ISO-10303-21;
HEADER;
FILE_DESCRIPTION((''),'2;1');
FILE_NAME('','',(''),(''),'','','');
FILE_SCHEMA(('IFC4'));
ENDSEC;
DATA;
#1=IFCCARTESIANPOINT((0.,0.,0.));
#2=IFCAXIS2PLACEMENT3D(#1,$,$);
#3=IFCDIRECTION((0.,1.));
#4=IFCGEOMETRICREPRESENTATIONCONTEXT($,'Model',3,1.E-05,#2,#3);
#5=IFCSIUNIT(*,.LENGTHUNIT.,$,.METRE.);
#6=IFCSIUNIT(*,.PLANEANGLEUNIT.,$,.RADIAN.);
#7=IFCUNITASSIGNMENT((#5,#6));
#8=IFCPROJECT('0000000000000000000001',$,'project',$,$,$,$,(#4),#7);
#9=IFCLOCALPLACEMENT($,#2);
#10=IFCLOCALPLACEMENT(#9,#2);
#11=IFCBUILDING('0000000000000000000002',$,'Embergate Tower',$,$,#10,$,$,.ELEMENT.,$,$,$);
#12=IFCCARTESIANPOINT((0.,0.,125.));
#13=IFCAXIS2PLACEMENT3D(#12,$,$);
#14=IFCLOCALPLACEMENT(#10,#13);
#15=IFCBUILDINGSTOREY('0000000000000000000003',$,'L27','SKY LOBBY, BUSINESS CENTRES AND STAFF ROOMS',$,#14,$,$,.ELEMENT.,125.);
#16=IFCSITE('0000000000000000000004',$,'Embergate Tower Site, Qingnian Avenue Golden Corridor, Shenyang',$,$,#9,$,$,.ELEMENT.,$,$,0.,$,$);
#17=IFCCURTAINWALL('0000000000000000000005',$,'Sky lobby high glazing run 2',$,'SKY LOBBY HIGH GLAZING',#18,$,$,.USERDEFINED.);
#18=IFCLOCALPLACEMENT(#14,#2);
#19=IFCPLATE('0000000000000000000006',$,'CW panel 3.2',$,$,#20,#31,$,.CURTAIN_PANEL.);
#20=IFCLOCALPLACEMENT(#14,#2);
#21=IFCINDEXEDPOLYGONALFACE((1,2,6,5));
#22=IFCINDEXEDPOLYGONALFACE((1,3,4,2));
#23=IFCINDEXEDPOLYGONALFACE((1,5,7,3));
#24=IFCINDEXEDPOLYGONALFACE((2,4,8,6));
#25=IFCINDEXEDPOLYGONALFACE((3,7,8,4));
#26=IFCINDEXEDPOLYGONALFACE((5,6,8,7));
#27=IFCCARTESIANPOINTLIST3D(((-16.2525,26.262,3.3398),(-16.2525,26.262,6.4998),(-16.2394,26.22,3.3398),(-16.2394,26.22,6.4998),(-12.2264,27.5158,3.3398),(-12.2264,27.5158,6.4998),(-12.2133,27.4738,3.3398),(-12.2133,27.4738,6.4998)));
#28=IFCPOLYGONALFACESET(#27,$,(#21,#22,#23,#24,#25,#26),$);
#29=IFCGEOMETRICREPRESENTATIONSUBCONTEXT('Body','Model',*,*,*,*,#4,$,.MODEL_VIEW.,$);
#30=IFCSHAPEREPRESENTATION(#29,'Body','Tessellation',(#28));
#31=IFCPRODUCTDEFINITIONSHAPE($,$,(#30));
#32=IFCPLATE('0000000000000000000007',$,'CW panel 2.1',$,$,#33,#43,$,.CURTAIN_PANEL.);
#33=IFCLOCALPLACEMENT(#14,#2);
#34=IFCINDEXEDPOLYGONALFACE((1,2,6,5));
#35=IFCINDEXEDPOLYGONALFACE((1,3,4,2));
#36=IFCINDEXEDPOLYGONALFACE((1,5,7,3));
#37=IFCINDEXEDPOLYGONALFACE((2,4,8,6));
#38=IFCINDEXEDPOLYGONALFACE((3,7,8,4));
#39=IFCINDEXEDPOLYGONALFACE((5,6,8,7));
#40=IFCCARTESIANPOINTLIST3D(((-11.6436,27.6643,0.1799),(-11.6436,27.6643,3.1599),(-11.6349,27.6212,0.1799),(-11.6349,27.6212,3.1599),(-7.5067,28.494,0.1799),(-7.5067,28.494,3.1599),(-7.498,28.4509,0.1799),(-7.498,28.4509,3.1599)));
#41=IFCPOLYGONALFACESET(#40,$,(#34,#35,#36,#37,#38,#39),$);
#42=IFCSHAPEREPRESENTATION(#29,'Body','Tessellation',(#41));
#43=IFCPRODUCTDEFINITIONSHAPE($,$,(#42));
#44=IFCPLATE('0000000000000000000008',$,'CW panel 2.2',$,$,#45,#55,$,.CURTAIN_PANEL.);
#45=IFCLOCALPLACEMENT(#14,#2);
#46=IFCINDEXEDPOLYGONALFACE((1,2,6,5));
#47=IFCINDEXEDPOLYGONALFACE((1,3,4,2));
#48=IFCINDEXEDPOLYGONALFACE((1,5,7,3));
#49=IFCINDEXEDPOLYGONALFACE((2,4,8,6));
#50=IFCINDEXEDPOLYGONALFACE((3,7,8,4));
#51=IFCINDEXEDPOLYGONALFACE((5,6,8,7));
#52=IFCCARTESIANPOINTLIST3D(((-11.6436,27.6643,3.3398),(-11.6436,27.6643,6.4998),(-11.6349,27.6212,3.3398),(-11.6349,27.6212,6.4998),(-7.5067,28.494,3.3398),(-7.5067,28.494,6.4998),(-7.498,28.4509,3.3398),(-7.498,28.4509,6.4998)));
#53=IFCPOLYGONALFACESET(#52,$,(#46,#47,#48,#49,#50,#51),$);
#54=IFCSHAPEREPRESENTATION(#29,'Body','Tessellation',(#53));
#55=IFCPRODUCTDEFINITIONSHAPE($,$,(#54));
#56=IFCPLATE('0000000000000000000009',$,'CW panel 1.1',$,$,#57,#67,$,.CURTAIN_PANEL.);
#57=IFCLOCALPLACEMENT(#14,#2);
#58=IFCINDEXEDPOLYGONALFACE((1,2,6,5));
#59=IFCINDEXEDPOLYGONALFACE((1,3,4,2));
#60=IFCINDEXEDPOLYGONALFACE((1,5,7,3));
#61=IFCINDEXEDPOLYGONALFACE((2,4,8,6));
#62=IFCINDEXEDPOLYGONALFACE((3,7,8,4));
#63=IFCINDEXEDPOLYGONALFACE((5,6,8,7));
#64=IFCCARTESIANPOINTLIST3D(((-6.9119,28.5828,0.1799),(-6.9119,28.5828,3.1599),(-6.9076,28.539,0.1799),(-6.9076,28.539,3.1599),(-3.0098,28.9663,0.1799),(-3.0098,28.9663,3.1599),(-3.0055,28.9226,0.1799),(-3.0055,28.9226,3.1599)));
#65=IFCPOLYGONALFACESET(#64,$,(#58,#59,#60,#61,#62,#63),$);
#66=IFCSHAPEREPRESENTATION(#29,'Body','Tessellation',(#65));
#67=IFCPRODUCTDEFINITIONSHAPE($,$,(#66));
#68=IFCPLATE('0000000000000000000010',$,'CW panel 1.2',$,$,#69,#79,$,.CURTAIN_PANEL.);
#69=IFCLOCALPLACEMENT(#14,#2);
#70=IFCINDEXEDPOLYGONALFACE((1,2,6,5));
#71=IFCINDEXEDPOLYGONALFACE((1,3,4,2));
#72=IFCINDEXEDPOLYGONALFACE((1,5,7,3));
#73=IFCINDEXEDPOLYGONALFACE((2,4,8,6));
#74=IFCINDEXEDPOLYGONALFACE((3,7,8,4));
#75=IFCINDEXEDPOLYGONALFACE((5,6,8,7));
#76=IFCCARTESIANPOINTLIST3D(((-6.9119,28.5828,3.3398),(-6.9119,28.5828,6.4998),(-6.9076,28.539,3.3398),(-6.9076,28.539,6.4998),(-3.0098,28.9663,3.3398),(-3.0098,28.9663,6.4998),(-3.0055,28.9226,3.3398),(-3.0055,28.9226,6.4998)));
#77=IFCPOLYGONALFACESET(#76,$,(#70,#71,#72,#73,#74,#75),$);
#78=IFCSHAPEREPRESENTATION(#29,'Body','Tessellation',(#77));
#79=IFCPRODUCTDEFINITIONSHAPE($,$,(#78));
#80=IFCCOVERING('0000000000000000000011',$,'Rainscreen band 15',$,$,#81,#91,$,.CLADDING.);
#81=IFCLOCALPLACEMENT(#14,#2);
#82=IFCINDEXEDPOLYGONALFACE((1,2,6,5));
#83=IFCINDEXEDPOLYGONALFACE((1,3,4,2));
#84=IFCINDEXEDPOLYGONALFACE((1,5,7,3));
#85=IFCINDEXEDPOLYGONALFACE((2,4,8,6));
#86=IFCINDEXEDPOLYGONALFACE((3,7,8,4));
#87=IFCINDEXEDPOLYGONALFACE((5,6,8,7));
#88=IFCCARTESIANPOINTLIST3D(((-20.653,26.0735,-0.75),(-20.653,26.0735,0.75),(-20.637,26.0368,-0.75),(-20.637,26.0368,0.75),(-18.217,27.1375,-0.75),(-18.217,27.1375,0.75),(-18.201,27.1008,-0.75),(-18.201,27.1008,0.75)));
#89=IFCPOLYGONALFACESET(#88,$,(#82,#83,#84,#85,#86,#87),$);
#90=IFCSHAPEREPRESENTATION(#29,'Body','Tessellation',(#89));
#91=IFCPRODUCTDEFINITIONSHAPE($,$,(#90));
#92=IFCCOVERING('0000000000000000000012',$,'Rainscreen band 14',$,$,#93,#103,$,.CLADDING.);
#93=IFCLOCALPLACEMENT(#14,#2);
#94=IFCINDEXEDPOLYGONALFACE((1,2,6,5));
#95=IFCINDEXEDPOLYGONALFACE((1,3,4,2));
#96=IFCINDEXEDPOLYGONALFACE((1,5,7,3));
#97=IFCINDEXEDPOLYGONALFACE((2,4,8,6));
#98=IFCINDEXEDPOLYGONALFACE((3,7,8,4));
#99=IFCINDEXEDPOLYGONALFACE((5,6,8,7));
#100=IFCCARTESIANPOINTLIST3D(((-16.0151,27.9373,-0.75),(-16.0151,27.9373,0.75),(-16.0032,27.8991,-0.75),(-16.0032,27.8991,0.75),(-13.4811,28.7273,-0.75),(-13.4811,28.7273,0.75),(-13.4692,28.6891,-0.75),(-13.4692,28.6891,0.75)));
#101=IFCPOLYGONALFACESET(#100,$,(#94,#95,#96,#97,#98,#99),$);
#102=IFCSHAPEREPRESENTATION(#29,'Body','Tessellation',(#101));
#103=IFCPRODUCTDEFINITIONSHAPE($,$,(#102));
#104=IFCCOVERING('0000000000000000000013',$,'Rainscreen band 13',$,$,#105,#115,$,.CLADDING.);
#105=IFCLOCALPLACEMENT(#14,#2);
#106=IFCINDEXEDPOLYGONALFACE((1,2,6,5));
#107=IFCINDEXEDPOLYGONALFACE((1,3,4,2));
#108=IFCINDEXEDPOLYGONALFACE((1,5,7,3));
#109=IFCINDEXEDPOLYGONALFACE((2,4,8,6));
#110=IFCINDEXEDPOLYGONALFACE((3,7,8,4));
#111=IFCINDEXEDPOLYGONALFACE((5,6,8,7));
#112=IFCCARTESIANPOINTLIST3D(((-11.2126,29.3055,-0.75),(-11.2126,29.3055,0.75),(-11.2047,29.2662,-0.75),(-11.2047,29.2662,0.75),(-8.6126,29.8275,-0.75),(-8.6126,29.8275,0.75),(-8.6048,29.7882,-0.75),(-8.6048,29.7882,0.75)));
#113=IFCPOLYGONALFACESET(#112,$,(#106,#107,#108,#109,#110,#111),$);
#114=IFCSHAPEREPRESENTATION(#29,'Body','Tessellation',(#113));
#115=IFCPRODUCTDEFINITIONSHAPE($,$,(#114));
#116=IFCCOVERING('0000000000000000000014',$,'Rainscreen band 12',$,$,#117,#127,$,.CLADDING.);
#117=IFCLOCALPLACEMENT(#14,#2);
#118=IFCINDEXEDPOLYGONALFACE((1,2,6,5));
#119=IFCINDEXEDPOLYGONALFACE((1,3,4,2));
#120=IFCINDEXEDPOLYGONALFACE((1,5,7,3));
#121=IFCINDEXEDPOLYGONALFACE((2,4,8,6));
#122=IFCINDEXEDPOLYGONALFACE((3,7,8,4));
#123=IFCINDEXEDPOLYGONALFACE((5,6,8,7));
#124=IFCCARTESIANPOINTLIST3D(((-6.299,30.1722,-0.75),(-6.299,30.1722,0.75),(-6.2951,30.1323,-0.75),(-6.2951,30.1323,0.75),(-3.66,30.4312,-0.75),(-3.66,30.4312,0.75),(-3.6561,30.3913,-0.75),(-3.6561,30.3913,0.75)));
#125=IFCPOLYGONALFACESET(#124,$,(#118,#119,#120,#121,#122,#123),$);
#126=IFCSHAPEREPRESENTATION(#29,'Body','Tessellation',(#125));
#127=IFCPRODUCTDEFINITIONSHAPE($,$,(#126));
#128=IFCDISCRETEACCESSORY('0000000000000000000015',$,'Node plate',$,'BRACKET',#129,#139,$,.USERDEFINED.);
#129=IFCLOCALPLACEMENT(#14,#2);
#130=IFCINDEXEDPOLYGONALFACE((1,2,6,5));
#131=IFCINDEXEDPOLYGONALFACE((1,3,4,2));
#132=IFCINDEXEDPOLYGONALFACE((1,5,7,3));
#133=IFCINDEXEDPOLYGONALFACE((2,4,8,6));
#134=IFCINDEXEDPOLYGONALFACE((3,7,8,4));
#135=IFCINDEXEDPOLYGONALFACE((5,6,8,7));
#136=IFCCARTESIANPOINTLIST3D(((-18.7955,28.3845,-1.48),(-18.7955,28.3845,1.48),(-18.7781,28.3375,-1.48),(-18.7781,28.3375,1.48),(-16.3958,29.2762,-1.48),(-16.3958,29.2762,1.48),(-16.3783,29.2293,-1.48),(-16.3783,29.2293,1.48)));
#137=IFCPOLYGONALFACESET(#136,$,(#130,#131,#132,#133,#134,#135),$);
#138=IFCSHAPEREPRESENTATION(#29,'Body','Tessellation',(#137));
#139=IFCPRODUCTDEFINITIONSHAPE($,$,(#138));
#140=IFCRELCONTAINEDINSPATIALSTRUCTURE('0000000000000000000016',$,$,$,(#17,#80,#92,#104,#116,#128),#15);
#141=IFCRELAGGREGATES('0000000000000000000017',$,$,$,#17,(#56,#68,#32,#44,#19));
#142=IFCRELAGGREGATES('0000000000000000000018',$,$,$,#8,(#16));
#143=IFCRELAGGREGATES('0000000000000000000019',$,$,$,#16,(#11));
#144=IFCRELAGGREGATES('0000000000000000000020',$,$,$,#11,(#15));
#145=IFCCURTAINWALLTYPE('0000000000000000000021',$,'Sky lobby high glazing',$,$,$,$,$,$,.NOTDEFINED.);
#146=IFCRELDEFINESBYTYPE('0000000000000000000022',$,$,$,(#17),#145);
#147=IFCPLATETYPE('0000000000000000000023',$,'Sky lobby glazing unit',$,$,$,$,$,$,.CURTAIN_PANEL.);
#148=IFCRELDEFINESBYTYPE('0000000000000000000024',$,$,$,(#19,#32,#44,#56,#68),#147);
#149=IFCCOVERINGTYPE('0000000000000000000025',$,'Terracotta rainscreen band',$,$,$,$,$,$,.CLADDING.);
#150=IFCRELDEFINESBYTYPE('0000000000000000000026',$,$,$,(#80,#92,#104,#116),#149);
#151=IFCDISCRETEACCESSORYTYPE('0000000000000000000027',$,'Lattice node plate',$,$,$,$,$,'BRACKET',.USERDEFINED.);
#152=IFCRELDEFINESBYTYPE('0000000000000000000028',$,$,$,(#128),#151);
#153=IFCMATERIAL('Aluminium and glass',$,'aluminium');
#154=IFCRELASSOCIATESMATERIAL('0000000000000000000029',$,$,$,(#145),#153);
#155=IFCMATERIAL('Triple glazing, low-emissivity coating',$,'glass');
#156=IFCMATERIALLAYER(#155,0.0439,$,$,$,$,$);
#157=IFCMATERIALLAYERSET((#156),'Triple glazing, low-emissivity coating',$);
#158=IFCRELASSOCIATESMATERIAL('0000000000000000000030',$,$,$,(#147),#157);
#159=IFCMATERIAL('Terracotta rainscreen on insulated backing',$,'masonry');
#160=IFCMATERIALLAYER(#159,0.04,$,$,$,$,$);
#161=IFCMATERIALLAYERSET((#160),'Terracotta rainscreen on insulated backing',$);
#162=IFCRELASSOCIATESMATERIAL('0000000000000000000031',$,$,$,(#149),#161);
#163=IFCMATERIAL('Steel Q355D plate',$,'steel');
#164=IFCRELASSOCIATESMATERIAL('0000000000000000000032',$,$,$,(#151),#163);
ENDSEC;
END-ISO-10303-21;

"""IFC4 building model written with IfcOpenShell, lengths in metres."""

from ifc_helpers import new_model, si_unit, direction, frame, origin, origin_2d, place, context, subcontext, project, spatial, rectangle, extrude, source, transform, mapped, material, layer, layer_set, type_object, element, aggregate, save


model = new_model("IFC4")

# Units and contexts
model_context = context("Model", 3, precision=1e-05, world=origin(), true_north=direction((0.0, 1.0)))
body_context = subcontext(model_context, "Body", "Model", "MODEL_VIEW")
ifc_project = project(units=[si_unit("LENGTHUNIT", "METRE"), si_unit("PLANEANGLEUNIT", "RADIAN")], contexts=[model_context])

# Site, building, storey
site_placement = place(None, origin())
site = spatial("IfcSite", under=ifc_project, at=site_placement, Name="Embergate Tower Site, Qingnian Avenue Golden Corridor, Shenyang", CompositionType="ELEMENT", RefElevation=0.0)
building_placement = place(site_placement, origin())
building = spatial("IfcBuilding", under=site, at=building_placement, Name="Embergate Tower", CompositionType="ELEMENT")
storey_placement = place(building_placement, frame((0.0, 0.0, 125.0)))
storey = spatial("IfcBuildingStorey", under=building, at=storey_placement, Name="L27", Description="SKY LOBBY, BUSINESS CENTRES AND STAFF ROOMS", CompositionType="ELEMENT", Elevation=125.0)

# Shared definitions
ifc_material_1 = material(Name="Aluminium and glass", Category="aluminium")
curtain_wall_type = type_object("IfcCurtainWallType", Name="Sky lobby high glazing", PredefinedType="NOTDEFINED", material=ifc_material_1)

# Curtain wall, plates
curtain_wall_1_placement = place(storey_placement, origin())
curtain_wall_1 = element("IfcCurtainWall", 1, at=curtain_wall_1_placement, inside=storey, type_object=curtain_wall_type, Name="Sky lobby high glazing run 2", ObjectType="SKY LOBBY HIGH GLAZING", PredefinedType="USERDEFINED")
ifc_material_2 = material(Name="Triple glazing, low-emissivity coating", Category="glass")
ifc_layer_1 = layer(ifc_material_2, 0.0439)
ifc_layer_set_1 = layer_set([ifc_layer_1], Name="Triple glazing, low-emissivity coating")
plate_type = type_object("IfcPlateType", Name="Sky lobby glazing unit", PredefinedType="CURTAIN_PANEL", material=ifc_layer_set_1)
shared_shape_1 = source(origin(), body_context, "Body", "SweptSolid", [
    extrude(rectangle(XDim=4.2168, YDim=0.0439, at=origin_2d()), origin(), (0.0, 0.0, 1.0), 3.1599),
])
plate_1_placement = place(storey_placement, frame((-14.2329, 26.8679, 3.3398), z_axis=(0.0, 0.0, 1.0), x_axis=(-0.954773, -0.297337, 0.0)))
plate_1 = element("IfcPlate", 2, at=plate_1_placement, type_object=plate_type, Name="CW panel 3.2", PredefinedType="CURTAIN_PANEL", context=body_context, shape_type="MappedRepresentation", body=[
    mapped(shared_shape_1, transform((0.0, 0.0, 0.0))),
])
shared_shape_2 = source(origin(), body_context, "Body", "SweptSolid", [
    extrude(rectangle(XDim=4.2192, YDim=0.0439, at=origin_2d()), origin(), (0.0, 0.0, 1.0), 2.98),
])
plate_2_placement = place(storey_placement, frame((-9.5708, 28.0576, 0.1799), z_axis=(0.0, 0.0, 1.0), x_axis=(-0.980476, -0.196638, 0.0)))
plate_2 = element("IfcPlate", 3, at=plate_2_placement, type_object=plate_type, Name="CW panel 2.1", PredefinedType="CURTAIN_PANEL", context=body_context, shape_type="MappedRepresentation", body=[
    mapped(shared_shape_2, transform((0.0, 0.0, 0.0))),
])
shared_shape_3 = source(origin(), body_context, "Body", "SweptSolid", [
    extrude(rectangle(XDim=4.2192, YDim=0.0439, at=origin_2d()), origin(), (0.0, 0.0, 1.0), 3.1599),
])
plate_3_placement = place(storey_placement, frame((-9.5708, 28.0576, 3.3398), z_axis=(0.0, 0.0, 1.0), x_axis=(-0.980476, -0.196638, 0.0)))
plate_3 = element("IfcPlate", 4, at=plate_3_placement, type_object=plate_type, Name="CW panel 2.2", PredefinedType="CURTAIN_PANEL", context=body_context, shape_type="MappedRepresentation", body=[
    mapped(shared_shape_3, transform((0.0, 0.0, 0.0))),
])
shared_shape_4 = source(origin(), body_context, "Body", "SweptSolid", [
    extrude(rectangle(XDim=3.9209, YDim=0.0439, at=origin_2d()), origin(), (0.0, 0.0, 1.0), 2.98),
])
plate_4_placement = place(storey_placement, frame((-4.9587, 28.7527, 0.1799), z_axis=(0.0, 0.0, 1.0), x_axis=(-0.995203, -0.097828, 0.0)))
plate_4 = element("IfcPlate", 5, at=plate_4_placement, type_object=plate_type, Name="CW panel 1.1", PredefinedType="CURTAIN_PANEL", context=body_context, shape_type="MappedRepresentation", body=[
    mapped(shared_shape_4, transform((0.0, 0.0, 0.0))),
])
shared_shape_5 = source(origin(), body_context, "Body", "SweptSolid", [
    extrude(rectangle(XDim=3.9209, YDim=0.0439, at=origin_2d()), origin(), (0.0, 0.0, 1.0), 3.1599),
])
plate_5_placement = place(storey_placement, frame((-4.9587, 28.7527, 3.3398), z_axis=(0.0, 0.0, 1.0), x_axis=(-0.995203, -0.097828, 0.0)))
plate_5 = element("IfcPlate", 6, at=plate_5_placement, type_object=plate_type, Name="CW panel 1.2", PredefinedType="CURTAIN_PANEL", context=body_context, shape_type="MappedRepresentation", body=[
    mapped(shared_shape_5, transform((0.0, 0.0, 0.0))),
])
aggregate(curtain_wall_1, [plate_4, plate_5, plate_2, plate_3, plate_1])

# Coverings
ifc_material_3 = material(Name="Terracotta rainscreen on insulated backing", Category="masonry")
ifc_layer_2 = layer(ifc_material_3, 0.04)
ifc_layer_set_2 = layer_set([ifc_layer_2], Name="Terracotta rainscreen on insulated backing")
covering_type = type_object("IfcCoveringType", Name="Terracotta rainscreen band", PredefinedType="CLADDING", material=ifc_layer_set_2)
shared_shape_6 = source(origin(), body_context, "Body", "SweptSolid", [
    extrude(rectangle(XDim=2.6582, YDim=0.04, at=origin_2d()), origin(), (0.0, 0.0, 1.0), 1.5),
])
covering_1_placement = place(storey_placement, frame((-19.427, 26.5872, -0.75), z_axis=(0.0, 0.0, 1.0), x_axis=(-0.916399, -0.400266, 0.0)))
element("IfcCovering", 7, at=covering_1_placement, inside=storey, type_object=covering_type, Name="Rainscreen band 15", PredefinedType="CLADDING", context=body_context, shape_type="MappedRepresentation", body=[
    mapped(shared_shape_6, transform((0.0, 0.0, 0.0))),
])
shared_shape_7 = source(origin(), body_context, "Body", "SweptSolid", [
    extrude(rectangle(XDim=2.6543, YDim=0.04, at=origin_2d()), origin(), (0.0, 0.0, 1.0), 1.5),
])
covering_2_placement = place(storey_placement, frame((-14.7422, 28.3132, -0.75), z_axis=(0.0, 0.0, 1.0), x_axis=(-0.954681, -0.297631, 0.0)))
element("IfcCovering", 8, at=covering_2_placement, inside=storey, type_object=covering_type, Name="Rainscreen band 14", PredefinedType="CLADDING", context=body_context, shape_type="MappedRepresentation", body=[
    mapped(shared_shape_7, transform((0.0, 0.0, 0.0))),
])
shared_shape_8 = source(origin(), body_context, "Body", "SweptSolid", [
    extrude(rectangle(XDim=2.6519, YDim=0.04, at=origin_2d()), origin(), (0.0, 0.0, 1.0), 1.5),
])
covering_3_placement = place(storey_placement, frame((-9.9087, 29.5469, -0.75), z_axis=(0.0, 0.0, 1.0), x_axis=(-0.980435, -0.196841, 0.0)))
element("IfcCovering", 9, at=covering_3_placement, inside=storey, type_object=covering_type, Name="Rainscreen band 13", PredefinedType="CLADDING", context=body_context, shape_type="MappedRepresentation", body=[
    mapped(shared_shape_8, transform((0.0, 0.0, 0.0))),
])
shared_shape_9 = source(origin(), body_context, "Body", "SweptSolid", [
    extrude(rectangle(XDim=2.6516, YDim=0.04, at=origin_2d()), origin(), (0.0, 0.0, 1.0), 1.5),
])
covering_4_placement = place(storey_placement, frame((-4.9775, 30.2817, -0.75), z_axis=(0.0, 0.0, 1.0), x_axis=(-0.995219, -0.097673, 0.0)))
element("IfcCovering", 10, at=covering_4_placement, inside=storey, type_object=covering_type, Name="Rainscreen band 12", PredefinedType="CLADDING", context=body_context, shape_type="MappedRepresentation", body=[
    mapped(shared_shape_9, transform((0.0, 0.0, 0.0))),
])

# Discrete accessory
ifc_material_4 = material(Name="Steel Q355D plate", Category="steel")
discrete_accessory_type = type_object("IfcDiscreteAccessoryType", Name="Lattice node plate", ElementType="BRACKET", PredefinedType="USERDEFINED", material=ifc_material_4)
shared_shape_10 = source(origin(), body_context, "Body", "SweptSolid", [
    extrude(rectangle(XDim=2.5601, YDim=0.05, at=origin_2d()), origin(), (0.0, 0.0, 1.0), 2.96),
])
discrete_accessory_placement = place(storey_placement, frame((-17.5869, 28.8069, -1.48), z_axis=(0.0, 0.0, 1.0), x_axis=(-0.937367, -0.348343, 0.0)))
element("IfcDiscreteAccessory", 11, at=discrete_accessory_placement, inside=storey, type_object=discrete_accessory_type, Name="Node plate", ObjectType="BRACKET", PredefinedType="USERDEFINED", context=body_context, shape_type="MappedRepresentation", body=[
    mapped(shared_shape_10, transform((0.0, 0.0, 0.0))),
])

save(model, "model.ifc")
